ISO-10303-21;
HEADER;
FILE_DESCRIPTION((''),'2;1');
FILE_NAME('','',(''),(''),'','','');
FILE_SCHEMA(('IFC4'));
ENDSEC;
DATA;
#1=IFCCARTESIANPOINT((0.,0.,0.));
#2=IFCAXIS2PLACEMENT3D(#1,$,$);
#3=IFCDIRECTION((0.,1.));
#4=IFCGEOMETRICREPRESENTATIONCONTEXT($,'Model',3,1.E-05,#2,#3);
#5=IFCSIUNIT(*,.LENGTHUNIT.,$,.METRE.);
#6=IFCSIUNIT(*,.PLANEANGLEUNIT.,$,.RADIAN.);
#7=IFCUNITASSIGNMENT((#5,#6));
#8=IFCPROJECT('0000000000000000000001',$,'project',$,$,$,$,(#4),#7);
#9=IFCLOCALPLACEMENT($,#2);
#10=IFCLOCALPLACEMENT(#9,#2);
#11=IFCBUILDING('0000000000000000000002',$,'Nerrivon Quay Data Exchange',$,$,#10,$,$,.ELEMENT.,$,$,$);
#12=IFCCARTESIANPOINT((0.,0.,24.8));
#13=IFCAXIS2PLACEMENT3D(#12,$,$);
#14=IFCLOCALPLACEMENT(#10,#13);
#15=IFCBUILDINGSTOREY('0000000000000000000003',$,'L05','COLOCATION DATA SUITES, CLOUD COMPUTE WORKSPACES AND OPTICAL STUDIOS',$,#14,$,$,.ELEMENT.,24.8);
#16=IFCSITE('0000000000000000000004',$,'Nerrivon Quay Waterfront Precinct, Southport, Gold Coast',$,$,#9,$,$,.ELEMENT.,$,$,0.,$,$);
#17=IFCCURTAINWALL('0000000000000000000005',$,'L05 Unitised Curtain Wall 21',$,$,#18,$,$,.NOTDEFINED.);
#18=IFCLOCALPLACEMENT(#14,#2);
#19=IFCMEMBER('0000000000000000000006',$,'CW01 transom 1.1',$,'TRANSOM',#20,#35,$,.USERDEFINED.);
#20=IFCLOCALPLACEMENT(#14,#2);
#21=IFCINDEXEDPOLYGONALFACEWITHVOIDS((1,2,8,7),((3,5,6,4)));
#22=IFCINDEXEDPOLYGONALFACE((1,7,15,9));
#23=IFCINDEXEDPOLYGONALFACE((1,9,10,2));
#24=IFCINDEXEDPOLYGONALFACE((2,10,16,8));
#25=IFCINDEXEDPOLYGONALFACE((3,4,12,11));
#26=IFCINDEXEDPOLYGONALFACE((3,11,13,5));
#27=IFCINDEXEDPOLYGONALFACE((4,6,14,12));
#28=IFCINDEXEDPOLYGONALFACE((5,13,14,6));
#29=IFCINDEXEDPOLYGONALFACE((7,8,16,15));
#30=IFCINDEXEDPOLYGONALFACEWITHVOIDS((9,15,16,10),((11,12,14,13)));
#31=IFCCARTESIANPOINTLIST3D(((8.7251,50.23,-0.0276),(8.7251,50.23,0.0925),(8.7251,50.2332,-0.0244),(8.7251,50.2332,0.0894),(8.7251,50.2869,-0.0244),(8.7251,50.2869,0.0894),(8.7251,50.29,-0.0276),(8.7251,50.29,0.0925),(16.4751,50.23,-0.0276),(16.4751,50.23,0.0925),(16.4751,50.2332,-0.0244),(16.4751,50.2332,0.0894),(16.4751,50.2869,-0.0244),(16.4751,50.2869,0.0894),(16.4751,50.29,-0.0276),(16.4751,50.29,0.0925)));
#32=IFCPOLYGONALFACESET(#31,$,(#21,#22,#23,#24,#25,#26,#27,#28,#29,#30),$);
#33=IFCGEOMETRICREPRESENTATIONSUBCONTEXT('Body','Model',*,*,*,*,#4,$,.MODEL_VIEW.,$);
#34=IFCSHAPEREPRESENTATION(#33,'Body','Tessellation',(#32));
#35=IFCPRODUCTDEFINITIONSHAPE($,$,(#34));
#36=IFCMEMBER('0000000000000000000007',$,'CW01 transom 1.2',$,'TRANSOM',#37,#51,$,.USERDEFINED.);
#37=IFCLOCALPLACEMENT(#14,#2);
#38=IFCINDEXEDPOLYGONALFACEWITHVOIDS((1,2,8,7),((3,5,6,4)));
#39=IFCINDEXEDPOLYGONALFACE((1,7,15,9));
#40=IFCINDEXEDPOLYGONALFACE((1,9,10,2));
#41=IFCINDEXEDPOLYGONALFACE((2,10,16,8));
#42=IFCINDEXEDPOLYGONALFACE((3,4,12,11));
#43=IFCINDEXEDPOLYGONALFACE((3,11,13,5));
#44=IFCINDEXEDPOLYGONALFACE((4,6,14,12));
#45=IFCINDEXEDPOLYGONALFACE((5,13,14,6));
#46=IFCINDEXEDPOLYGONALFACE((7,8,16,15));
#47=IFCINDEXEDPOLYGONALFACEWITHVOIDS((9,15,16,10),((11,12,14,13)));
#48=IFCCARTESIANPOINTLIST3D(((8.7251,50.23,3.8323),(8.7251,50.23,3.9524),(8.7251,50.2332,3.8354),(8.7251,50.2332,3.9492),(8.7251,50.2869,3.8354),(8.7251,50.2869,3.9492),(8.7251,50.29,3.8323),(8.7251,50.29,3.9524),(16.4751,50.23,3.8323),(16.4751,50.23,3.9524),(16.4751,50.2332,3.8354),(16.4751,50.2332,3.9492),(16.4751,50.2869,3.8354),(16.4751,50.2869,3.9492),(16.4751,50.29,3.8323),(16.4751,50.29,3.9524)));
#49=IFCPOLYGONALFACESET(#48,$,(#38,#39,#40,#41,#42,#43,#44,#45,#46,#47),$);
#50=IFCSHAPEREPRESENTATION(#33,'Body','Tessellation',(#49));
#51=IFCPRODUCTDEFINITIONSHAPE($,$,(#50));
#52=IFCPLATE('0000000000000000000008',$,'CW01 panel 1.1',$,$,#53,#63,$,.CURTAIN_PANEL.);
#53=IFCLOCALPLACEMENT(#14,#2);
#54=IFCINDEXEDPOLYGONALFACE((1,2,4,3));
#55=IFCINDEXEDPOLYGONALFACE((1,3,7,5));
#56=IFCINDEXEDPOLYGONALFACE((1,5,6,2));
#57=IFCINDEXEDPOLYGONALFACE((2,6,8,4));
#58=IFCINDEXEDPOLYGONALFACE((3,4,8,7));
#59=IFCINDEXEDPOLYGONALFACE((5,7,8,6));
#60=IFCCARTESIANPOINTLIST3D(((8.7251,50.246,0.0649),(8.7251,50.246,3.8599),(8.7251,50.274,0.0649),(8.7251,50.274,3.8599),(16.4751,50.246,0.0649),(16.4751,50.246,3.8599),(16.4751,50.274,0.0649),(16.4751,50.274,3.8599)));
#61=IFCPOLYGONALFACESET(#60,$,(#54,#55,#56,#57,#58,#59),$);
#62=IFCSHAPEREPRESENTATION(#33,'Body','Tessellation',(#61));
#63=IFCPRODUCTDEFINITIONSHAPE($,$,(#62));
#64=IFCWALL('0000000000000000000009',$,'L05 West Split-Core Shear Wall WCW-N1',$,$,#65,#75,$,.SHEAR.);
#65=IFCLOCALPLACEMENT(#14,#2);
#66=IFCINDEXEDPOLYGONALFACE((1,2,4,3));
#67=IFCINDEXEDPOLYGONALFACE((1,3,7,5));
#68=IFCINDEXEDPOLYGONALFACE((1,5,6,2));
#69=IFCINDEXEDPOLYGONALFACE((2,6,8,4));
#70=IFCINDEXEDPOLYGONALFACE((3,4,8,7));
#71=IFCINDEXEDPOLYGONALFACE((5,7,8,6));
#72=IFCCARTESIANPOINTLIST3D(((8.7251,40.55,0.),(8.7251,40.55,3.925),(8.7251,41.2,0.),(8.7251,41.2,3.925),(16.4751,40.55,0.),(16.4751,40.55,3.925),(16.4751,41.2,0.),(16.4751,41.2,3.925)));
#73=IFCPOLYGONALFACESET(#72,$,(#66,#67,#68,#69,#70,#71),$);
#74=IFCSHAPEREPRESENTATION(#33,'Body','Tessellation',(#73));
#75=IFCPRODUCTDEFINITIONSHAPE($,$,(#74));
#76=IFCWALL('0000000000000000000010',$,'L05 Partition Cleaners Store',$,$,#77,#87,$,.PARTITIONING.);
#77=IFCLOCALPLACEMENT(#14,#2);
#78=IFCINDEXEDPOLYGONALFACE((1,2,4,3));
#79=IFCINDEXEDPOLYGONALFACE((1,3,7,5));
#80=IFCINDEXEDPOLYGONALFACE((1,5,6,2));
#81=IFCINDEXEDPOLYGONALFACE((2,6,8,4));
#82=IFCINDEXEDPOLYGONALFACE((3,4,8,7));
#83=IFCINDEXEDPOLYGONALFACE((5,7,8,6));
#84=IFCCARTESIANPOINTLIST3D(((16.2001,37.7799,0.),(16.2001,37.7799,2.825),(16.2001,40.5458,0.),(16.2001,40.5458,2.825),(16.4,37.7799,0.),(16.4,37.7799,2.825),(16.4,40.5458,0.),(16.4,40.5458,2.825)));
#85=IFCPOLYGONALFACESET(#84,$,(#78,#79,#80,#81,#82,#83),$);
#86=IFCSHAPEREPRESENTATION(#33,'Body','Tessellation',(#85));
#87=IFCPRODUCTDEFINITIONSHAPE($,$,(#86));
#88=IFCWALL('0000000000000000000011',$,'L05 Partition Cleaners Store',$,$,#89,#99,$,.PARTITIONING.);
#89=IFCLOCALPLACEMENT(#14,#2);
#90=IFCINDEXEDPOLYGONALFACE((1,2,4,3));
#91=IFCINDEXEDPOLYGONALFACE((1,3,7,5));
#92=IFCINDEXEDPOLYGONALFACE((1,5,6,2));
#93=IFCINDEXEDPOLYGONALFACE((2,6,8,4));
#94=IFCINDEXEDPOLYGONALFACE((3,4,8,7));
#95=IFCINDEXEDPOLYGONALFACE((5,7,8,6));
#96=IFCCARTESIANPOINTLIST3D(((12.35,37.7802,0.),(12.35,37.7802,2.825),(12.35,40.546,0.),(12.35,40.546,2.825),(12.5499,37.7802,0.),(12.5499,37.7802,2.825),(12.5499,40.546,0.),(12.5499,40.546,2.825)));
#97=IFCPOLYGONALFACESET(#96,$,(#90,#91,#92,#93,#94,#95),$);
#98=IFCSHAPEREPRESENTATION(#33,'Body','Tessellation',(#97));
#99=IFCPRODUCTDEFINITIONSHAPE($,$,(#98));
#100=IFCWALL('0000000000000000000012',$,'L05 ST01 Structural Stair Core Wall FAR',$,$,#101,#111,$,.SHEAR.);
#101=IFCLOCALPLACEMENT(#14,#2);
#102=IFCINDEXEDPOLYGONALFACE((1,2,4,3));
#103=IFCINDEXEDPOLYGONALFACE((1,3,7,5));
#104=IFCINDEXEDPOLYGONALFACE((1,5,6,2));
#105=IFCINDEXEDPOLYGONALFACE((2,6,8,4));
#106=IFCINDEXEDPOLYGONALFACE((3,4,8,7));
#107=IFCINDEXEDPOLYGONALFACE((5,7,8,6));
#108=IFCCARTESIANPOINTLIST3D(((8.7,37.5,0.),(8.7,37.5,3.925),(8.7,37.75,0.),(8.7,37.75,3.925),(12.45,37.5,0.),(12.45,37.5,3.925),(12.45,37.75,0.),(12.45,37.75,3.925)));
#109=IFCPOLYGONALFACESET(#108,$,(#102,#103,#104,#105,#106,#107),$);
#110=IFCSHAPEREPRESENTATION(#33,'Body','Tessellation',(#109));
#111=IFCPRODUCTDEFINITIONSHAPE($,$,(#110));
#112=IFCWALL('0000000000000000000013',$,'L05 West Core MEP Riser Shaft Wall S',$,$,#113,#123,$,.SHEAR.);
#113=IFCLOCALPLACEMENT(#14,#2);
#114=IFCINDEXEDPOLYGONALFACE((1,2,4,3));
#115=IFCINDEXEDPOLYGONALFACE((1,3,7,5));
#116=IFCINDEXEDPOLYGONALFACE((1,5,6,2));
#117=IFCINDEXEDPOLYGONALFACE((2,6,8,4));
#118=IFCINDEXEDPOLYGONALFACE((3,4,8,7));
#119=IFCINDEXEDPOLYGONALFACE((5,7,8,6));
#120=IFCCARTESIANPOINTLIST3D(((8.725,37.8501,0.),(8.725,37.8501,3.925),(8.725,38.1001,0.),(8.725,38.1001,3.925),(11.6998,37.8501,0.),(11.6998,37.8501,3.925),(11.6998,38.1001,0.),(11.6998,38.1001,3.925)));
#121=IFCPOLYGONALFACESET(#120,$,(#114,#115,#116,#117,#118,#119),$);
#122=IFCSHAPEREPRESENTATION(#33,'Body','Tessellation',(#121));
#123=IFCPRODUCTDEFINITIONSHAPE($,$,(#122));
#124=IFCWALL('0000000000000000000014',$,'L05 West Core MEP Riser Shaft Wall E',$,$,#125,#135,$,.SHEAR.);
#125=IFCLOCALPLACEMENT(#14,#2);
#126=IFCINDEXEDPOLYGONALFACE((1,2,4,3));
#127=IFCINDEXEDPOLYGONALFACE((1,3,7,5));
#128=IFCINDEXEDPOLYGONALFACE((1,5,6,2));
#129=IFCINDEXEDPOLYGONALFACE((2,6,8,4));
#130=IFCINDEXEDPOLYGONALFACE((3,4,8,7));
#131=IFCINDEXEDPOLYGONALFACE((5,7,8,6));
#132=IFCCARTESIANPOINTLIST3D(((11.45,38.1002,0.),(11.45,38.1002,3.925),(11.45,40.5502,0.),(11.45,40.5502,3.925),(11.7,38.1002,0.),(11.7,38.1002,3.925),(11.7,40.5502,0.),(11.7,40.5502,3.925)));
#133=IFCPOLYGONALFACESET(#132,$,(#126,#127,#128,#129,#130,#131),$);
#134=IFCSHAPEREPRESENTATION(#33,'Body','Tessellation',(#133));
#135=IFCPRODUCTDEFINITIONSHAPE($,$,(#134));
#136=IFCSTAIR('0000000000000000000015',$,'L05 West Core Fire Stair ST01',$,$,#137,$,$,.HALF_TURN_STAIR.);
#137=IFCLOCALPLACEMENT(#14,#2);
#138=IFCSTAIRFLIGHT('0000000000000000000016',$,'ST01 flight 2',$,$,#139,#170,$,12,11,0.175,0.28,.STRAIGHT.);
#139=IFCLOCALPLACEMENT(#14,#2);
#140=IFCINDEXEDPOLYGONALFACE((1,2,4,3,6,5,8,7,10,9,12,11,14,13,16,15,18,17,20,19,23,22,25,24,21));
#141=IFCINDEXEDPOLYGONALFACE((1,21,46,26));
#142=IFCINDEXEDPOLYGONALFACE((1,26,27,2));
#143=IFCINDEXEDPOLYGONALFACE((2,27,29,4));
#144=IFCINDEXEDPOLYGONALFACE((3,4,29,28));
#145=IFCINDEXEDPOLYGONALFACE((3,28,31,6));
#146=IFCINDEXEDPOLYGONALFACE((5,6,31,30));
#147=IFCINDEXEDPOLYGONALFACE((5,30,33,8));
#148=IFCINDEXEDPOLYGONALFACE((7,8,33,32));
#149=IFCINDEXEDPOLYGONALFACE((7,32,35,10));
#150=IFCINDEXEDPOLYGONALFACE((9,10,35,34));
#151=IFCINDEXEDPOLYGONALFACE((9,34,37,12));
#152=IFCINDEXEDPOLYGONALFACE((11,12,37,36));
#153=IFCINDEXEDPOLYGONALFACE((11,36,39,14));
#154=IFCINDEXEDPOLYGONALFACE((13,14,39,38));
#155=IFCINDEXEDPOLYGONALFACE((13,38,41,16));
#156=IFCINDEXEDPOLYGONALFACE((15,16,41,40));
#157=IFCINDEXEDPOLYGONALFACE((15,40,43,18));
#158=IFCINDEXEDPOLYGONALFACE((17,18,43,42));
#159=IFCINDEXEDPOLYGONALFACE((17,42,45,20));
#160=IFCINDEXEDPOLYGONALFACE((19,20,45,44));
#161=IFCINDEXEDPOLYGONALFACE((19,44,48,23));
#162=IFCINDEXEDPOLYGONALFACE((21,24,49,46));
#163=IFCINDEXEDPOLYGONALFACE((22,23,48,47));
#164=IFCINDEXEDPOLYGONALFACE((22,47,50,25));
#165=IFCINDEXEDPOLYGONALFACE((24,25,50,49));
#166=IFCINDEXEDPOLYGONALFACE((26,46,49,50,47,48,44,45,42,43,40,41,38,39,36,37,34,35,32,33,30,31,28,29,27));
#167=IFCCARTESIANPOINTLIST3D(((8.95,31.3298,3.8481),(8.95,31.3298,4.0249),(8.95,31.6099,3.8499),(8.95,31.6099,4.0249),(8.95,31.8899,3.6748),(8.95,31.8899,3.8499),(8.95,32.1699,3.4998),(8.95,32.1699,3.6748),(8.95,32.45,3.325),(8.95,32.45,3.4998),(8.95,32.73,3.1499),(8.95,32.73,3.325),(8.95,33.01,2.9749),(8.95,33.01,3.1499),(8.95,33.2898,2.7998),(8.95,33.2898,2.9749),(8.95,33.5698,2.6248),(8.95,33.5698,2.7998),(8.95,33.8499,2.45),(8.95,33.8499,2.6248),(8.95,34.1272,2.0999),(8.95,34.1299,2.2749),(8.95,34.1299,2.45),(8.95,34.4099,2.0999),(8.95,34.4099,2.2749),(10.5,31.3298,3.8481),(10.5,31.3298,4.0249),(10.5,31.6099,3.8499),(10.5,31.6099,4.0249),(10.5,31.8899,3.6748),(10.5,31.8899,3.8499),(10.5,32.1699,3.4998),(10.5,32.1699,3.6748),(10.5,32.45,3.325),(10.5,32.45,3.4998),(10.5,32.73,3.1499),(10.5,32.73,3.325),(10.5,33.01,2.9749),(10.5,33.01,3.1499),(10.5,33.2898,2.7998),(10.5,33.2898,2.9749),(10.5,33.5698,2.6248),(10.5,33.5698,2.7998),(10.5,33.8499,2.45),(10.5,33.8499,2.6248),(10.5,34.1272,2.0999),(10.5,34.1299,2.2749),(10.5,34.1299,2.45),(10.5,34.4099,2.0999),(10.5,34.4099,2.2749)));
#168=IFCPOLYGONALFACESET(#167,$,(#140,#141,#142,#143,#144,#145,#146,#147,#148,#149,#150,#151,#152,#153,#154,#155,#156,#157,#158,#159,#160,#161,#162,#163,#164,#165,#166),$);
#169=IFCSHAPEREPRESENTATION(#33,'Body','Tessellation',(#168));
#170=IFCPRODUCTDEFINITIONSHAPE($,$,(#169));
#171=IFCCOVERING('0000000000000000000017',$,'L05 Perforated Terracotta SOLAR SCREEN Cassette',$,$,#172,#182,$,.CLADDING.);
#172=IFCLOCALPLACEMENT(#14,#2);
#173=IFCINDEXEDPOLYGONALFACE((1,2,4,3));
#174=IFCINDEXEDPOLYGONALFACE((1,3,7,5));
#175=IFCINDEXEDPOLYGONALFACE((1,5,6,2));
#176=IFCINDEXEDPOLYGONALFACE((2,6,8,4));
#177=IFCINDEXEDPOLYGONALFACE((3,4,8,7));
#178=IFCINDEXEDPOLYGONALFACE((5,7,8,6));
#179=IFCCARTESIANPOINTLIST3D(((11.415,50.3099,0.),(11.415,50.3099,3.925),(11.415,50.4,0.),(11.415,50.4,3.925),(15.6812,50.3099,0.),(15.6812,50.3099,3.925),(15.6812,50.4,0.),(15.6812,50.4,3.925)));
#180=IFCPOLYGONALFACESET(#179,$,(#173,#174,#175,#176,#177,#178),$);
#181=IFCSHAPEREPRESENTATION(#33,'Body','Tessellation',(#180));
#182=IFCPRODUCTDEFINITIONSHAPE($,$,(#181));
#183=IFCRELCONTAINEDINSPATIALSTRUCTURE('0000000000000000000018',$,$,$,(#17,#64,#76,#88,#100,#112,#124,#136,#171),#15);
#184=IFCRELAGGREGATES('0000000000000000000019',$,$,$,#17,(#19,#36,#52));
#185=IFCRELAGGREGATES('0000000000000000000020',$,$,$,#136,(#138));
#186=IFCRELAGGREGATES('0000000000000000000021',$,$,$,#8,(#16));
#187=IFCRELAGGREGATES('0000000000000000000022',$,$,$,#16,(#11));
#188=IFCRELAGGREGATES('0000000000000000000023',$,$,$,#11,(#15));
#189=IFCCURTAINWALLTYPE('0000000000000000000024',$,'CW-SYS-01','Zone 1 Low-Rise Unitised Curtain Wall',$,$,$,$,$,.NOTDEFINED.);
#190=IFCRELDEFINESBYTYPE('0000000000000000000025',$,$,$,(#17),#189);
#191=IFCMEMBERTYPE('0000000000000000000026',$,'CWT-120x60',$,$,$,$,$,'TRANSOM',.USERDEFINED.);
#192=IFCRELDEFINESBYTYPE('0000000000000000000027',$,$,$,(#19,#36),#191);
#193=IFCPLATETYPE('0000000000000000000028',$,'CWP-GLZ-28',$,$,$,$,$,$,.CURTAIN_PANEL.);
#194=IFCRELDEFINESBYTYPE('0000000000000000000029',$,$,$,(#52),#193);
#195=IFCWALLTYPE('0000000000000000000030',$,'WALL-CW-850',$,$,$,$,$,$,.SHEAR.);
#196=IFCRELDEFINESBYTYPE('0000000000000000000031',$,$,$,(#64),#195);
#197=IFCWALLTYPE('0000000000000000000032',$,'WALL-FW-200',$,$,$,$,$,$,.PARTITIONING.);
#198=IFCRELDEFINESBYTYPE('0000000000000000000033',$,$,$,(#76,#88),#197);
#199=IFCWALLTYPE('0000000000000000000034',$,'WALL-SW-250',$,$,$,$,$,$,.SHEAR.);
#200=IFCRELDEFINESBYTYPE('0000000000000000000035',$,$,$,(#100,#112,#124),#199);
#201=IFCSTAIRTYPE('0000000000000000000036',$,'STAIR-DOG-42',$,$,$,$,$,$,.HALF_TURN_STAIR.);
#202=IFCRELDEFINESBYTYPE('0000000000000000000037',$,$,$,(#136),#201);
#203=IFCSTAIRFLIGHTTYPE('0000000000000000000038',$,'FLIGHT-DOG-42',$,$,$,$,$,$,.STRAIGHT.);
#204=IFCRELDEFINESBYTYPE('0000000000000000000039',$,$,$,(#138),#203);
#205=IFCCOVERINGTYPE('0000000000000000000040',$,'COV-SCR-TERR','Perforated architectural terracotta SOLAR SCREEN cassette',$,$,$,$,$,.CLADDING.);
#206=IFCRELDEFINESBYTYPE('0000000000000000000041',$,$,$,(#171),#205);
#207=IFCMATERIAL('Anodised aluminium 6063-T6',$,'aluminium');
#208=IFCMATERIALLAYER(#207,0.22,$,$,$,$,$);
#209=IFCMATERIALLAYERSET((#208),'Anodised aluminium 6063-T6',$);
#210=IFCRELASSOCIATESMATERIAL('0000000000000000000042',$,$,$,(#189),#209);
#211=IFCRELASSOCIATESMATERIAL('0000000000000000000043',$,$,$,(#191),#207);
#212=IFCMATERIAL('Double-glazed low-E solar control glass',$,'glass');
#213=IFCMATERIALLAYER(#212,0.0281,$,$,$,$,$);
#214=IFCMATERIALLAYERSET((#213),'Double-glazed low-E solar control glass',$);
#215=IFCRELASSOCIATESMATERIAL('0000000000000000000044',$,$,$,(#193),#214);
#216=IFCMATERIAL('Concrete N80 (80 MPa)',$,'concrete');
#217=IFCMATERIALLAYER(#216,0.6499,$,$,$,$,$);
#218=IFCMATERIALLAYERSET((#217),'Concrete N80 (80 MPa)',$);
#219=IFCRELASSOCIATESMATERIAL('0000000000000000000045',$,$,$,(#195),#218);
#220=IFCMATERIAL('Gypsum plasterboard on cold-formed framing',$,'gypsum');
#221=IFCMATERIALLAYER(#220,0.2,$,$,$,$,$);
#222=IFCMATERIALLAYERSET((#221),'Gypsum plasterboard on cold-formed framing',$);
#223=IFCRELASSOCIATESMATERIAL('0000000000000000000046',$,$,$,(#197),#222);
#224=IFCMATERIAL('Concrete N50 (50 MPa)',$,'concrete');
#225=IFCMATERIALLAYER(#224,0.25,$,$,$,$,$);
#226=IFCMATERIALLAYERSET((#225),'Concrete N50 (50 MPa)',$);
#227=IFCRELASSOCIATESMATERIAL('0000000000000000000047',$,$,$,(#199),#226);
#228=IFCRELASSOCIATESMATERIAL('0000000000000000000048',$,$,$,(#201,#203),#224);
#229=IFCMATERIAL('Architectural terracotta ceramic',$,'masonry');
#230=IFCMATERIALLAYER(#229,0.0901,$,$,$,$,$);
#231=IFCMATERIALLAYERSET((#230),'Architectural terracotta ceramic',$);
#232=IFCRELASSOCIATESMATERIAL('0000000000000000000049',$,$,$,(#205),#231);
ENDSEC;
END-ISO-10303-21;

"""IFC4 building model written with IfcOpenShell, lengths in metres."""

from ifc_helpers import new_model, si_unit, direction, frame, frame_2d, origin, origin_2d, place, context, subcontext, project, spatial, polyline, rectangle, hollow_rectangle, outline, extrude, material, layer, layer_set, material_profile, profile_set, type_object, element, aggregate, save


model = new_model("IFC4")

# Units and contexts
model_context = context("Model", 3, precision=1e-05, world=origin(), true_north=direction((0.0, 1.0)))
body_context = subcontext(model_context, "Body", "Model", "MODEL_VIEW")
ifc_project = project(units=[si_unit("LENGTHUNIT", "METRE"), si_unit("PLANEANGLEUNIT", "RADIAN")], contexts=[model_context])

# Site, building, storey
site_placement = place(None, origin())
site = spatial("IfcSite", under=ifc_project, at=site_placement, Name="Nerrivon Quay Waterfront Precinct, Southport, Gold Coast", CompositionType="ELEMENT", RefElevation=0.0)
building_placement = place(site_placement, origin())
building = spatial("IfcBuilding", under=site, at=building_placement, Name="Nerrivon Quay Data Exchange", CompositionType="ELEMENT")
storey_placement = place(building_placement, frame((0.0, 0.0, 24.8)))
storey = spatial("IfcBuildingStorey", under=building, at=storey_placement, Name="L05", Description="COLOCATION DATA SUITES, CLOUD COMPUTE WORKSPACES AND OPTICAL STUDIOS", CompositionType="ELEMENT", Elevation=24.8)

# Shared definitions
ifc_material_1 = material(Name="Concrete N80 (80 MPa)", Category="concrete")

# Curtain wall, members, plate
ifc_material_2 = material(Name="Anodised aluminium 6063-T6", Category="aluminium")
ifc_layer_1 = layer(ifc_material_2, 0.22)
ifc_layer_set_1 = layer_set([ifc_layer_1], Name="Anodised aluminium 6063-T6")
curtain_wall_type = type_object("IfcCurtainWallType", Name="CW-SYS-01", Description="Zone 1 Low-Rise Unitised Curtain Wall", PredefinedType="NOTDEFINED", material=ifc_layer_set_1)
curtain_wall_placement = place(storey_placement, origin())
curtain_wall = element("IfcCurtainWall", 1, at=curtain_wall_placement, inside=storey, type_object=curtain_wall_type, Name="L05 Unitised Curtain Wall 21", PredefinedType="NOTDEFINED")
ifc_material_profile_1 = material_profile(ifc_material_2, hollow_rectangle(XDim=0.0601, YDim=0.1201, WallThickness=0.0032, at=origin_2d()), Name="ALU-TRAN-120x60")
ifc_profile_set_1 = profile_set([ifc_material_profile_1], Name="Anodised aluminium 6063-T6")
member_type_1 = type_object("IfcMemberType", Name="CWT-120x60", ElementType="TRANSOM", PredefinedType="USERDEFINED", material=ifc_profile_set_1)
member_1_placement = place(storey_placement, frame((8.7251, 50.26, 0.0325), z_axis=(1.0, 0.0, 0.0), x_axis=(0.0, 1.0, 0.0)))
member_1 = element("IfcMember", 2, at=member_1_placement, type_object=member_type_1, Name="CW01 transom 1.1", ObjectType="TRANSOM", PredefinedType="USERDEFINED", context=body_context, shape_type="SweptSolid", body=[
    extrude(hollow_rectangle(XDim=0.0601, YDim=0.1201, WallThickness=0.0032, at=origin_2d()), origin(), (0.0, 0.0, 1.0), 7.75),
])
member_2_placement = place(storey_placement, frame((8.7251, 50.26, 3.8923), z_axis=(1.0, 0.0, 0.0), x_axis=(0.0, 1.0, 0.0)))
member_2 = element("IfcMember", 3, at=member_2_placement, type_object=member_type_1, Name="CW01 transom 1.2", ObjectType="TRANSOM", PredefinedType="USERDEFINED", context=body_context, shape_type="SweptSolid", body=[
    extrude(hollow_rectangle(XDim=0.0601, YDim=0.1201, WallThickness=0.0032, at=origin_2d()), origin(), (0.0, 0.0, 1.0), 7.75),
])
ifc_material_3 = material(Name="Double-glazed low-E solar control glass", Category="glass")
ifc_layer_2 = layer(ifc_material_3, 0.0281)
ifc_layer_set_2 = layer_set([ifc_layer_2], Name="Double-glazed low-E solar control glass")
plate_type = type_object("IfcPlateType", Name="CWP-GLZ-28", PredefinedType="CURTAIN_PANEL", material=ifc_layer_set_2)
plate_placement = place(storey_placement, frame((12.6001, 50.26, 0.0649), z_axis=(0.0, 0.0, 1.0), x_axis=(1.0, 0.0, 0.0)))
plate = element("IfcPlate", 4, at=plate_placement, type_object=plate_type, Name="CW01 panel 1.1", PredefinedType="CURTAIN_PANEL", context=body_context, shape_type="SweptSolid", body=[
    extrude(rectangle(XDim=7.75, YDim=0.0281, at=origin_2d()), origin(), (0.0, 0.0, 1.0), 3.7949),
])
aggregate(curtain_wall, [member_1, member_2, plate])

# Wall
ifc_layer_3 = layer(ifc_material_1, 0.6499)
ifc_layer_set_3 = layer_set([ifc_layer_3], Name="Concrete N80 (80 MPa)")
wall_type_1 = type_object("IfcWallType", Name="WALL-CW-850", PredefinedType="SHEAR", material=ifc_layer_set_3)
wall_1_placement = place(storey_placement, frame((8.7251, 40.875, 0.0), z_axis=(0.0, 0.0, 1.0), x_axis=(1.0, 0.0, 0.0)))
element("IfcWall", 5, at=wall_1_placement, inside=storey, type_object=wall_type_1, Name="L05 West Split-Core Shear Wall WCW-N1", PredefinedType="SHEAR", context=body_context, shape_type="SweptSolid", body=[
    extrude(rectangle(XDim=7.75, YDim=0.6499, at=frame_2d((3.875, 0.0))), origin(), (0.0, 0.0, 1.0), 3.925),
])

# Walls
ifc_material_4 = material(Name="Gypsum plasterboard on cold-formed framing", Category="gypsum")
ifc_layer_4 = layer(ifc_material_4, 0.2)
ifc_layer_set_4 = layer_set([ifc_layer_4], Name="Gypsum plasterboard on cold-formed framing")
wall_type_2 = type_object("IfcWallType", Name="WALL-FW-200", PredefinedType="PARTITIONING", material=ifc_layer_set_4)
for number, where, z_axis, x_axis, name in (
    (6, (16.3, 37.78, 0.0), (0.0, 0.0, 1.0), (0.0, 1.0, 0.0), "L05 Partition Cleaners Store"),
    (7, (12.45, 40.5459, 0.0), (0.0, 0.0, 1.0), (0.0, -1.0, 0.0), "L05 Partition Cleaners Store"),
):
    element("IfcWall", number, at=place(storey_placement, frame(where, z_axis=z_axis, x_axis=x_axis)), inside=storey, type_object=wall_type_2, Name=name, PredefinedType="PARTITIONING", context=body_context, shape_type="SweptSolid", body=[
        extrude(rectangle(XDim=2.7659, YDim=0.2, at=frame_2d((1.3828, 0.0))), origin(), (0.0, 0.0, 1.0), 2.825),
    ])
ifc_material_5 = material(Name="Concrete N50 (50 MPa)", Category="concrete")
ifc_layer_5 = layer(ifc_material_5, 0.25)
ifc_layer_set_5 = layer_set([ifc_layer_5], Name="Concrete N50 (50 MPa)")
wall_type_3 = type_object("IfcWallType", Name="WALL-SW-250", PredefinedType="SHEAR", material=ifc_layer_set_5)
wall_2_placement = place(storey_placement, frame((12.45, 37.625, 0.0), z_axis=(0.0, 0.0, 1.0), x_axis=(-1.0, 0.0, 0.0)))
element("IfcWall", 8, at=wall_2_placement, inside=storey, type_object=wall_type_3, Name="L05 ST01 Structural Stair Core Wall FAR", PredefinedType="SHEAR", context=body_context, shape_type="SweptSolid", body=[
    extrude(rectangle(XDim=3.75, YDim=0.25, at=frame_2d((1.875, 0.0))), origin(), (0.0, 0.0, 1.0), 3.925),
])
wall_3_placement = place(storey_placement, frame((8.7251, 37.9751, 0.0), z_axis=(0.0, 0.0, 1.0), x_axis=(1.0, 0.0, 0.0)))
element("IfcWall", 9, at=wall_3_placement, inside=storey, type_object=wall_type_3, Name="L05 West Core MEP Riser Shaft Wall S", PredefinedType="SHEAR", context=body_context, shape_type="SweptSolid", body=[
    extrude(rectangle(XDim=2.9749, YDim=0.25, at=frame_2d((1.4873, 0.0))), origin(), (0.0, 0.0, 1.0), 3.925),
])
wall_4_placement = place(storey_placement, frame((11.575, 38.1001, 0.0), z_axis=(0.0, 0.0, 1.0), x_axis=(0.0, 1.0, 0.0)))
element("IfcWall", 10, at=wall_4_placement, inside=storey, type_object=wall_type_3, Name="L05 West Core MEP Riser Shaft Wall E", PredefinedType="SHEAR", context=body_context, shape_type="SweptSolid", body=[
    extrude(rectangle(XDim=2.45, YDim=0.25, at=frame_2d((1.2251, 0.0))), origin(), (0.0, 0.0, 1.0), 3.925),
])

# Stair, stair flight
stair_type = type_object("IfcStairType", Name="STAIR-DOG-42", PredefinedType="HALF_TURN_STAIR", material=ifc_material_5)
stair_placement = place(storey_placement, origin())
stair = element("IfcStair", 11, at=stair_placement, inside=storey, type_object=stair_type, Name="L05 West Core Fire Stair ST01", PredefinedType="HALF_TURN_STAIR")
stair_flight_type = type_object("IfcStairFlightType", Name="FLIGHT-DOG-42", PredefinedType="STRAIGHT", material=ifc_material_5)
stair_flight_placement = place(storey_placement, frame((9.7251, 34.4099, 2.0999), z_axis=(0.0, 0.0, 1.0), x_axis=(0.0, -1.0, 0.0)))
stair_flight = element("IfcStairFlight", 12, at=stair_flight_placement, type_object=stair_flight_type, Name="ST01 flight 2", NumberOfRisers=12, NumberOfTreads=11, PredefinedType="STRAIGHT", RiserHeight=0.175, TreadLength=0.28, context=body_context, shape_type="SweptSolid", body=[
    extrude(outline(polyline([(0.0, 0.0), (0.0, 0.175), (0.28, 0.175), (0.28, 0.3501), (0.5601, 0.3501), (0.5601, 0.5249), (0.8401, 0.5249), (0.8401, 0.7), (1.1201, 0.7), (1.1201, 0.875), (1.3999, 0.875), (1.3999, 1.05), (1.6799, 1.05), (1.6799, 1.2251), (1.96, 1.2251), (1.96, 1.3999), (2.24, 1.3999), (2.24, 1.575), (2.52, 1.575), (2.52, 1.75), (2.8, 1.75), (2.8, 1.925), (3.0801, 1.925), (3.0801, 2.1001), (3.0801, 1.7483), (0.2827, 0.0), (0.0, 0.0)])), frame((0.0, 0.7749, 0.0), z_axis=(0.0, -1.0, 0.0), x_axis=(1.0, 0.0, 0.0)), (0.0, 0.0, 1.0), 1.55),
])
aggregate(stair, [stair_flight])

# Covering
ifc_material_6 = material(Name="Architectural terracotta ceramic", Category="masonry")
ifc_layer_6 = layer(ifc_material_6, 0.0901)
ifc_layer_set_6 = layer_set([ifc_layer_6], Name="Architectural terracotta ceramic")
covering_type = type_object("IfcCoveringType", Name="COV-SCR-TERR", Description="Perforated architectural terracotta SOLAR SCREEN cassette", PredefinedType="CLADDING", material=ifc_layer_set_6)
covering_placement = place(storey_placement, frame((13.5481, 50.355, 0.0), z_axis=(0.0, 0.0, 1.0), x_axis=(1.0, 0.0, 0.0)))
element("IfcCovering", 13, at=covering_placement, inside=storey, type_object=covering_type, Name="L05 Perforated Terracotta SOLAR SCREEN Cassette", PredefinedType="CLADDING", context=body_context, shape_type="SweptSolid", body=[
    extrude(rectangle(XDim=4.2661, YDim=0.0901, at=origin_2d()), origin(), (0.0, 0.0, 1.0), 3.925),
])

save(model, "model.ifc")
